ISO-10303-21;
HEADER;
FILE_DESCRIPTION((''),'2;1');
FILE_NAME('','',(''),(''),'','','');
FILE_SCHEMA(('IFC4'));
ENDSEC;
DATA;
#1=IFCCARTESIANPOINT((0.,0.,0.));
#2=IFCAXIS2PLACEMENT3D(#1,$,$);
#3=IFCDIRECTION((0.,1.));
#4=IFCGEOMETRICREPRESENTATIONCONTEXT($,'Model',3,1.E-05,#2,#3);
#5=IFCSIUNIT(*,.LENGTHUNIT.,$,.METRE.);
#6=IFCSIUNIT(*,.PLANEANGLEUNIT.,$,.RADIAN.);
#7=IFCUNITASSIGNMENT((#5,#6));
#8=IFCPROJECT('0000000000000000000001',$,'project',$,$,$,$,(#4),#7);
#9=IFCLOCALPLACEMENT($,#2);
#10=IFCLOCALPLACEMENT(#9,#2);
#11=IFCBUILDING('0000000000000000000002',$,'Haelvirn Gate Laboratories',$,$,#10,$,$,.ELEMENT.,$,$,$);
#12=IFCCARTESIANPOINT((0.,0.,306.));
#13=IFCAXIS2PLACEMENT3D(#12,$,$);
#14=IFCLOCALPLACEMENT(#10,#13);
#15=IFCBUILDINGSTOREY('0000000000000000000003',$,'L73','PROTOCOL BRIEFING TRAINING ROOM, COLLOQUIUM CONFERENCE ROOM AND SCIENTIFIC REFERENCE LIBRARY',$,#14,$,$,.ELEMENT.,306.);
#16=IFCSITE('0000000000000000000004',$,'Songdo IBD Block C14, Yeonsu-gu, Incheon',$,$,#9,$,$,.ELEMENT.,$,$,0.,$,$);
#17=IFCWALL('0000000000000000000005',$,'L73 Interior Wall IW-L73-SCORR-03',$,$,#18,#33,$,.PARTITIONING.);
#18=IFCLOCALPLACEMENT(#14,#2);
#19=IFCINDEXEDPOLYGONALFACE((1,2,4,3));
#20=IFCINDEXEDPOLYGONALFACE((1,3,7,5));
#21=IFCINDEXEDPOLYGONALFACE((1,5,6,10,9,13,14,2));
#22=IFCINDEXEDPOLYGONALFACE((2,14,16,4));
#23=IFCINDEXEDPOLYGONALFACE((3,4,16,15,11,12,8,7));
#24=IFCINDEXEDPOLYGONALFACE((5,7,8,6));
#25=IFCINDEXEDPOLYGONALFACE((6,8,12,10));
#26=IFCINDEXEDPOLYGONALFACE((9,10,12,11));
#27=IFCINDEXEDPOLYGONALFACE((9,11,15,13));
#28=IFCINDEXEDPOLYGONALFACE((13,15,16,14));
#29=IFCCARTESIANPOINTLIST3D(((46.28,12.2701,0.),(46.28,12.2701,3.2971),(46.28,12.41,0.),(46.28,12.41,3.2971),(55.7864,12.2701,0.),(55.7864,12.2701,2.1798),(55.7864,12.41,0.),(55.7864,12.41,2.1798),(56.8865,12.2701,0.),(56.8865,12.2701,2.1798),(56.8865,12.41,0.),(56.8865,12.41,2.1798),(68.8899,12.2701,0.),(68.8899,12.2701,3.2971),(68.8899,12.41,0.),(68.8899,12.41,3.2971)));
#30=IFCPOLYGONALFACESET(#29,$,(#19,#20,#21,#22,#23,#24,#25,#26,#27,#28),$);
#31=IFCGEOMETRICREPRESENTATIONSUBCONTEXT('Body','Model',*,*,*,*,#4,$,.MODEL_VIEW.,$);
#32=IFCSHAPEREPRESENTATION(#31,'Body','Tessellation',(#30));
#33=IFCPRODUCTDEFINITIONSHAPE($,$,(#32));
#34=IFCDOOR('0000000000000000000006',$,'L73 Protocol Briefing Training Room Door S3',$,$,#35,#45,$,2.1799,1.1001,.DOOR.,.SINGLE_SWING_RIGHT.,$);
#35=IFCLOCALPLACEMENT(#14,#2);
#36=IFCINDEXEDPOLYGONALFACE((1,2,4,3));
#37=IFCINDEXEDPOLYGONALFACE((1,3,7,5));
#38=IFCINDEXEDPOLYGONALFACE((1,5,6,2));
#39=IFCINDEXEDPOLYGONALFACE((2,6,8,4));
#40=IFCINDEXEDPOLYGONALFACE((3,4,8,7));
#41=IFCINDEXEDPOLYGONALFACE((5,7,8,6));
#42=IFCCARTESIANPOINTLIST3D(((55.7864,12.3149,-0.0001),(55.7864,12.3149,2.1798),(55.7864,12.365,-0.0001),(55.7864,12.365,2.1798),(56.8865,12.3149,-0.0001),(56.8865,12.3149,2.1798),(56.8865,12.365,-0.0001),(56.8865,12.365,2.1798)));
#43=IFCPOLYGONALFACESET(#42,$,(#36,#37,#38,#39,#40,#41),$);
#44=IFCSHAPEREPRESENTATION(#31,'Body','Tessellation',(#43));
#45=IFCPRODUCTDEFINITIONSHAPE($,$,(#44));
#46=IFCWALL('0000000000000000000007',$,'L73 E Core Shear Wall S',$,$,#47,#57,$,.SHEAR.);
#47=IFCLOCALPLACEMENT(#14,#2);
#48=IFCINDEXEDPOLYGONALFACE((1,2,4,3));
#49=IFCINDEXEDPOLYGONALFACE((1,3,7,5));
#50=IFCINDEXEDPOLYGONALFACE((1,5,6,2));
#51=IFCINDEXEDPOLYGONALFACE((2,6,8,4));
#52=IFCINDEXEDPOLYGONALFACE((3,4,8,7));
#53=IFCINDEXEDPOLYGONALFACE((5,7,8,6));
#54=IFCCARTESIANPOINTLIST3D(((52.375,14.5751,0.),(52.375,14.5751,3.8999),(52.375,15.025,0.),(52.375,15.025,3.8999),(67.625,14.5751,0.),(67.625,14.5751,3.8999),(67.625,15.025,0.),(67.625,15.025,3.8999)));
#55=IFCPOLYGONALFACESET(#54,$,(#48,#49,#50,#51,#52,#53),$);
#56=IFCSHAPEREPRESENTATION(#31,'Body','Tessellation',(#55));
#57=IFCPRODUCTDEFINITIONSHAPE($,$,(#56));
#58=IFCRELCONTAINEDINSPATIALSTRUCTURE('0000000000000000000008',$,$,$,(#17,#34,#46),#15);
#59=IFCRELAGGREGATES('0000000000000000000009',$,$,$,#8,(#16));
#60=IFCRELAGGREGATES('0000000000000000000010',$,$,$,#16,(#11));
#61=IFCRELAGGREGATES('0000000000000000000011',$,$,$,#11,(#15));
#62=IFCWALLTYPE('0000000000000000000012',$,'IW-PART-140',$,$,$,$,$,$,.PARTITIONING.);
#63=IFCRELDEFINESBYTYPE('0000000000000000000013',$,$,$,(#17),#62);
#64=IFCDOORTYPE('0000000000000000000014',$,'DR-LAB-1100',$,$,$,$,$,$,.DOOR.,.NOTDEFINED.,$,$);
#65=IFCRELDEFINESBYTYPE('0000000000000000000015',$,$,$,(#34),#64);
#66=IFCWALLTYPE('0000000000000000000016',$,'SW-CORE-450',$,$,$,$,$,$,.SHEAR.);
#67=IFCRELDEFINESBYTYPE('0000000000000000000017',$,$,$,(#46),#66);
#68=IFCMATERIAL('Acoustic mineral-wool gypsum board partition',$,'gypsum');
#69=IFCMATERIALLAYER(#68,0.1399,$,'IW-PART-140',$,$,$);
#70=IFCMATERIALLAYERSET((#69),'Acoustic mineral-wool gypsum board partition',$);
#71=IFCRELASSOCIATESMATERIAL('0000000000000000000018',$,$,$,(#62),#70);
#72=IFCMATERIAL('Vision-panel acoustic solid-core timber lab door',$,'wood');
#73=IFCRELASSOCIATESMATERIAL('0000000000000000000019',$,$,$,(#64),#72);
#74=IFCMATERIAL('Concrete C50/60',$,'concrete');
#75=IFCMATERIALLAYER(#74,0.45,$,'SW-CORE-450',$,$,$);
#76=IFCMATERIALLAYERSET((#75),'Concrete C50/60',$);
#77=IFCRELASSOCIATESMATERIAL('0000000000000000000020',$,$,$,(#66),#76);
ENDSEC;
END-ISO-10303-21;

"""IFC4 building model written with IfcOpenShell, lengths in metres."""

from ifc_helpers import new_model, si_unit, direction, frame, frame_2d, origin, place, context, subcontext, project, spatial, rectangle, extrude, source, transform, mapped, material, layer, layer_set, type_object, type_shapes, element, fill, save


model = new_model("IFC4")

# Units and contexts
model_context = context("Model", 3, precision=1e-05, world=origin(), true_north=direction((0.0, 1.0)))
body_context = subcontext(model_context, "Body", "Model", "MODEL_VIEW")
ifc_project = project(units=[si_unit("LENGTHUNIT", "METRE"), si_unit("PLANEANGLEUNIT", "RADIAN")], contexts=[model_context])

# Site, building, storey
site_placement = place(None, origin())
site = spatial("IfcSite", under=ifc_project, at=site_placement, Name="Songdo IBD Block C14, Yeonsu-gu, Incheon", CompositionType="ELEMENT", RefElevation=0.0)
building_placement = place(site_placement, origin())
building = spatial("IfcBuilding", under=site, at=building_placement, Name="Haelvirn Gate Laboratories", CompositionType="ELEMENT")
storey_placement = place(building_placement, frame((0.0, 0.0, 306.0)))
storey = spatial("IfcBuildingStorey", under=building, at=storey_placement, Name="L73", Description="PROTOCOL BRIEFING TRAINING ROOM, COLLOQUIUM CONFERENCE ROOM AND SCIENTIFIC REFERENCE LIBRARY", CompositionType="ELEMENT", Elevation=306.0)

# Shared definitions
ifc_material_1 = material(Name="Concrete C50/60", Category="concrete")

# Wall, opening, door
ifc_material_2 = material(Name="Acoustic mineral-wool gypsum board partition", Category="gypsum")
ifc_layer_1 = layer(ifc_material_2, 0.1399, Name="IW-PART-140")
ifc_layer_set_1 = layer_set([ifc_layer_1], Name="Acoustic mineral-wool gypsum board partition")
wall_type_1 = type_object("IfcWallType", Name="IW-PART-140", PredefinedType="PARTITIONING", material=ifc_layer_set_1)
wall_1_placement = place(storey_placement, frame((46.28, 12.3401, 0.0), z_axis=(0.0, 0.0, 1.0), x_axis=(1.0, 0.0, 0.0)))
wall_1 = element("IfcWall", 1, at=wall_1_placement, inside=storey, type_object=wall_type_1, Name="L73 Interior Wall IW-L73-SCORR-03", PredefinedType="PARTITIONING", context=body_context, shape_type="SweptSolid", body=[
    extrude(rectangle(XDim=22.6099, YDim=0.1399, at=frame_2d((11.3049, 0.0))), origin(), (0.0, 0.0, 1.0), 3.2971),
])
opening_1_placement = place(wall_1_placement, frame((9.5063, 0.0, 0.0)))
opening_1 = element("IfcOpeningElement", 2, at=opening_1_placement, cuts=wall_1, PredefinedType="OPENING", context=body_context, shape_type="SweptSolid", body=[
    extrude(rectangle(XDim=1.1001, YDim=2.1799, at=frame_2d((0.55, 1.0898))), frame((0.0, 0.0801, 0.0), z_axis=(0.0, -1.0, 0.0), x_axis=(1.0, 0.0, 0.0)), (0.0, 0.0, 1.0), 0.1599),
])
ifc_material_3 = material(Name="Vision-panel acoustic solid-core timber lab door", Category="wood")
door_type_1 = type_object("IfcDoorType", Name="DR-LAB-1100", OperationType="NOTDEFINED", PredefinedType="DOOR", material=ifc_material_3)
shared_shape_1 = source(origin(), body_context, "Body", "SweptSolid", [
    extrude(rectangle(XDim=1.1001, YDim=2.1799, at=frame_2d((0.55, 1.0898))), frame((0.0, 0.0249, 0.0), z_axis=(0.0, -1.0, 0.0), x_axis=(1.0, 0.0, 0.0)), (0.0, 0.0, 1.0), 0.05),
])
type_shapes(door_type_1, [shared_shape_1])
door_1_placement = place(opening_1_placement, origin())
door_1 = element("IfcDoor", 3, at=door_1_placement, inside=storey, type_object=door_type_1, Name="L73 Protocol Briefing Training Room Door S3", OperationType="SINGLE_SWING_RIGHT", OverallHeight=2.1799, OverallWidth=1.1001, PredefinedType="DOOR", context=body_context, shape_type="MappedRepresentation", body=[
    mapped(shared_shape_1, transform((0.0, 0.0, 0.0), scale=1.0)),
])
fill(opening_1, door_1)

# Wall
ifc_layer_2 = layer(ifc_material_1, 0.45, Name="SW-CORE-450")
ifc_layer_set_2 = layer_set([ifc_layer_2], Name="Concrete C50/60")
wall_type_2 = type_object("IfcWallType", Name="SW-CORE-450", PredefinedType="SHEAR", material=ifc_layer_set_2)
wall_2_placement = place(storey_placement, frame((52.375, 14.8, 0.0), z_axis=(0.0, 0.0, 1.0), x_axis=(1.0, 0.0, 0.0)))
element("IfcWall", 4, at=wall_2_placement, inside=storey, type_object=wall_type_2, Name="L73 E Core Shear Wall S", PredefinedType="SHEAR", context=body_context, shape_type="SweptSolid", body=[
    extrude(rectangle(XDim=15.25, YDim=0.45, at=frame_2d((7.625, 0.0))), origin(), (0.0, 0.0, 1.0), 3.8999),
])

save(model, "model.ifc")
